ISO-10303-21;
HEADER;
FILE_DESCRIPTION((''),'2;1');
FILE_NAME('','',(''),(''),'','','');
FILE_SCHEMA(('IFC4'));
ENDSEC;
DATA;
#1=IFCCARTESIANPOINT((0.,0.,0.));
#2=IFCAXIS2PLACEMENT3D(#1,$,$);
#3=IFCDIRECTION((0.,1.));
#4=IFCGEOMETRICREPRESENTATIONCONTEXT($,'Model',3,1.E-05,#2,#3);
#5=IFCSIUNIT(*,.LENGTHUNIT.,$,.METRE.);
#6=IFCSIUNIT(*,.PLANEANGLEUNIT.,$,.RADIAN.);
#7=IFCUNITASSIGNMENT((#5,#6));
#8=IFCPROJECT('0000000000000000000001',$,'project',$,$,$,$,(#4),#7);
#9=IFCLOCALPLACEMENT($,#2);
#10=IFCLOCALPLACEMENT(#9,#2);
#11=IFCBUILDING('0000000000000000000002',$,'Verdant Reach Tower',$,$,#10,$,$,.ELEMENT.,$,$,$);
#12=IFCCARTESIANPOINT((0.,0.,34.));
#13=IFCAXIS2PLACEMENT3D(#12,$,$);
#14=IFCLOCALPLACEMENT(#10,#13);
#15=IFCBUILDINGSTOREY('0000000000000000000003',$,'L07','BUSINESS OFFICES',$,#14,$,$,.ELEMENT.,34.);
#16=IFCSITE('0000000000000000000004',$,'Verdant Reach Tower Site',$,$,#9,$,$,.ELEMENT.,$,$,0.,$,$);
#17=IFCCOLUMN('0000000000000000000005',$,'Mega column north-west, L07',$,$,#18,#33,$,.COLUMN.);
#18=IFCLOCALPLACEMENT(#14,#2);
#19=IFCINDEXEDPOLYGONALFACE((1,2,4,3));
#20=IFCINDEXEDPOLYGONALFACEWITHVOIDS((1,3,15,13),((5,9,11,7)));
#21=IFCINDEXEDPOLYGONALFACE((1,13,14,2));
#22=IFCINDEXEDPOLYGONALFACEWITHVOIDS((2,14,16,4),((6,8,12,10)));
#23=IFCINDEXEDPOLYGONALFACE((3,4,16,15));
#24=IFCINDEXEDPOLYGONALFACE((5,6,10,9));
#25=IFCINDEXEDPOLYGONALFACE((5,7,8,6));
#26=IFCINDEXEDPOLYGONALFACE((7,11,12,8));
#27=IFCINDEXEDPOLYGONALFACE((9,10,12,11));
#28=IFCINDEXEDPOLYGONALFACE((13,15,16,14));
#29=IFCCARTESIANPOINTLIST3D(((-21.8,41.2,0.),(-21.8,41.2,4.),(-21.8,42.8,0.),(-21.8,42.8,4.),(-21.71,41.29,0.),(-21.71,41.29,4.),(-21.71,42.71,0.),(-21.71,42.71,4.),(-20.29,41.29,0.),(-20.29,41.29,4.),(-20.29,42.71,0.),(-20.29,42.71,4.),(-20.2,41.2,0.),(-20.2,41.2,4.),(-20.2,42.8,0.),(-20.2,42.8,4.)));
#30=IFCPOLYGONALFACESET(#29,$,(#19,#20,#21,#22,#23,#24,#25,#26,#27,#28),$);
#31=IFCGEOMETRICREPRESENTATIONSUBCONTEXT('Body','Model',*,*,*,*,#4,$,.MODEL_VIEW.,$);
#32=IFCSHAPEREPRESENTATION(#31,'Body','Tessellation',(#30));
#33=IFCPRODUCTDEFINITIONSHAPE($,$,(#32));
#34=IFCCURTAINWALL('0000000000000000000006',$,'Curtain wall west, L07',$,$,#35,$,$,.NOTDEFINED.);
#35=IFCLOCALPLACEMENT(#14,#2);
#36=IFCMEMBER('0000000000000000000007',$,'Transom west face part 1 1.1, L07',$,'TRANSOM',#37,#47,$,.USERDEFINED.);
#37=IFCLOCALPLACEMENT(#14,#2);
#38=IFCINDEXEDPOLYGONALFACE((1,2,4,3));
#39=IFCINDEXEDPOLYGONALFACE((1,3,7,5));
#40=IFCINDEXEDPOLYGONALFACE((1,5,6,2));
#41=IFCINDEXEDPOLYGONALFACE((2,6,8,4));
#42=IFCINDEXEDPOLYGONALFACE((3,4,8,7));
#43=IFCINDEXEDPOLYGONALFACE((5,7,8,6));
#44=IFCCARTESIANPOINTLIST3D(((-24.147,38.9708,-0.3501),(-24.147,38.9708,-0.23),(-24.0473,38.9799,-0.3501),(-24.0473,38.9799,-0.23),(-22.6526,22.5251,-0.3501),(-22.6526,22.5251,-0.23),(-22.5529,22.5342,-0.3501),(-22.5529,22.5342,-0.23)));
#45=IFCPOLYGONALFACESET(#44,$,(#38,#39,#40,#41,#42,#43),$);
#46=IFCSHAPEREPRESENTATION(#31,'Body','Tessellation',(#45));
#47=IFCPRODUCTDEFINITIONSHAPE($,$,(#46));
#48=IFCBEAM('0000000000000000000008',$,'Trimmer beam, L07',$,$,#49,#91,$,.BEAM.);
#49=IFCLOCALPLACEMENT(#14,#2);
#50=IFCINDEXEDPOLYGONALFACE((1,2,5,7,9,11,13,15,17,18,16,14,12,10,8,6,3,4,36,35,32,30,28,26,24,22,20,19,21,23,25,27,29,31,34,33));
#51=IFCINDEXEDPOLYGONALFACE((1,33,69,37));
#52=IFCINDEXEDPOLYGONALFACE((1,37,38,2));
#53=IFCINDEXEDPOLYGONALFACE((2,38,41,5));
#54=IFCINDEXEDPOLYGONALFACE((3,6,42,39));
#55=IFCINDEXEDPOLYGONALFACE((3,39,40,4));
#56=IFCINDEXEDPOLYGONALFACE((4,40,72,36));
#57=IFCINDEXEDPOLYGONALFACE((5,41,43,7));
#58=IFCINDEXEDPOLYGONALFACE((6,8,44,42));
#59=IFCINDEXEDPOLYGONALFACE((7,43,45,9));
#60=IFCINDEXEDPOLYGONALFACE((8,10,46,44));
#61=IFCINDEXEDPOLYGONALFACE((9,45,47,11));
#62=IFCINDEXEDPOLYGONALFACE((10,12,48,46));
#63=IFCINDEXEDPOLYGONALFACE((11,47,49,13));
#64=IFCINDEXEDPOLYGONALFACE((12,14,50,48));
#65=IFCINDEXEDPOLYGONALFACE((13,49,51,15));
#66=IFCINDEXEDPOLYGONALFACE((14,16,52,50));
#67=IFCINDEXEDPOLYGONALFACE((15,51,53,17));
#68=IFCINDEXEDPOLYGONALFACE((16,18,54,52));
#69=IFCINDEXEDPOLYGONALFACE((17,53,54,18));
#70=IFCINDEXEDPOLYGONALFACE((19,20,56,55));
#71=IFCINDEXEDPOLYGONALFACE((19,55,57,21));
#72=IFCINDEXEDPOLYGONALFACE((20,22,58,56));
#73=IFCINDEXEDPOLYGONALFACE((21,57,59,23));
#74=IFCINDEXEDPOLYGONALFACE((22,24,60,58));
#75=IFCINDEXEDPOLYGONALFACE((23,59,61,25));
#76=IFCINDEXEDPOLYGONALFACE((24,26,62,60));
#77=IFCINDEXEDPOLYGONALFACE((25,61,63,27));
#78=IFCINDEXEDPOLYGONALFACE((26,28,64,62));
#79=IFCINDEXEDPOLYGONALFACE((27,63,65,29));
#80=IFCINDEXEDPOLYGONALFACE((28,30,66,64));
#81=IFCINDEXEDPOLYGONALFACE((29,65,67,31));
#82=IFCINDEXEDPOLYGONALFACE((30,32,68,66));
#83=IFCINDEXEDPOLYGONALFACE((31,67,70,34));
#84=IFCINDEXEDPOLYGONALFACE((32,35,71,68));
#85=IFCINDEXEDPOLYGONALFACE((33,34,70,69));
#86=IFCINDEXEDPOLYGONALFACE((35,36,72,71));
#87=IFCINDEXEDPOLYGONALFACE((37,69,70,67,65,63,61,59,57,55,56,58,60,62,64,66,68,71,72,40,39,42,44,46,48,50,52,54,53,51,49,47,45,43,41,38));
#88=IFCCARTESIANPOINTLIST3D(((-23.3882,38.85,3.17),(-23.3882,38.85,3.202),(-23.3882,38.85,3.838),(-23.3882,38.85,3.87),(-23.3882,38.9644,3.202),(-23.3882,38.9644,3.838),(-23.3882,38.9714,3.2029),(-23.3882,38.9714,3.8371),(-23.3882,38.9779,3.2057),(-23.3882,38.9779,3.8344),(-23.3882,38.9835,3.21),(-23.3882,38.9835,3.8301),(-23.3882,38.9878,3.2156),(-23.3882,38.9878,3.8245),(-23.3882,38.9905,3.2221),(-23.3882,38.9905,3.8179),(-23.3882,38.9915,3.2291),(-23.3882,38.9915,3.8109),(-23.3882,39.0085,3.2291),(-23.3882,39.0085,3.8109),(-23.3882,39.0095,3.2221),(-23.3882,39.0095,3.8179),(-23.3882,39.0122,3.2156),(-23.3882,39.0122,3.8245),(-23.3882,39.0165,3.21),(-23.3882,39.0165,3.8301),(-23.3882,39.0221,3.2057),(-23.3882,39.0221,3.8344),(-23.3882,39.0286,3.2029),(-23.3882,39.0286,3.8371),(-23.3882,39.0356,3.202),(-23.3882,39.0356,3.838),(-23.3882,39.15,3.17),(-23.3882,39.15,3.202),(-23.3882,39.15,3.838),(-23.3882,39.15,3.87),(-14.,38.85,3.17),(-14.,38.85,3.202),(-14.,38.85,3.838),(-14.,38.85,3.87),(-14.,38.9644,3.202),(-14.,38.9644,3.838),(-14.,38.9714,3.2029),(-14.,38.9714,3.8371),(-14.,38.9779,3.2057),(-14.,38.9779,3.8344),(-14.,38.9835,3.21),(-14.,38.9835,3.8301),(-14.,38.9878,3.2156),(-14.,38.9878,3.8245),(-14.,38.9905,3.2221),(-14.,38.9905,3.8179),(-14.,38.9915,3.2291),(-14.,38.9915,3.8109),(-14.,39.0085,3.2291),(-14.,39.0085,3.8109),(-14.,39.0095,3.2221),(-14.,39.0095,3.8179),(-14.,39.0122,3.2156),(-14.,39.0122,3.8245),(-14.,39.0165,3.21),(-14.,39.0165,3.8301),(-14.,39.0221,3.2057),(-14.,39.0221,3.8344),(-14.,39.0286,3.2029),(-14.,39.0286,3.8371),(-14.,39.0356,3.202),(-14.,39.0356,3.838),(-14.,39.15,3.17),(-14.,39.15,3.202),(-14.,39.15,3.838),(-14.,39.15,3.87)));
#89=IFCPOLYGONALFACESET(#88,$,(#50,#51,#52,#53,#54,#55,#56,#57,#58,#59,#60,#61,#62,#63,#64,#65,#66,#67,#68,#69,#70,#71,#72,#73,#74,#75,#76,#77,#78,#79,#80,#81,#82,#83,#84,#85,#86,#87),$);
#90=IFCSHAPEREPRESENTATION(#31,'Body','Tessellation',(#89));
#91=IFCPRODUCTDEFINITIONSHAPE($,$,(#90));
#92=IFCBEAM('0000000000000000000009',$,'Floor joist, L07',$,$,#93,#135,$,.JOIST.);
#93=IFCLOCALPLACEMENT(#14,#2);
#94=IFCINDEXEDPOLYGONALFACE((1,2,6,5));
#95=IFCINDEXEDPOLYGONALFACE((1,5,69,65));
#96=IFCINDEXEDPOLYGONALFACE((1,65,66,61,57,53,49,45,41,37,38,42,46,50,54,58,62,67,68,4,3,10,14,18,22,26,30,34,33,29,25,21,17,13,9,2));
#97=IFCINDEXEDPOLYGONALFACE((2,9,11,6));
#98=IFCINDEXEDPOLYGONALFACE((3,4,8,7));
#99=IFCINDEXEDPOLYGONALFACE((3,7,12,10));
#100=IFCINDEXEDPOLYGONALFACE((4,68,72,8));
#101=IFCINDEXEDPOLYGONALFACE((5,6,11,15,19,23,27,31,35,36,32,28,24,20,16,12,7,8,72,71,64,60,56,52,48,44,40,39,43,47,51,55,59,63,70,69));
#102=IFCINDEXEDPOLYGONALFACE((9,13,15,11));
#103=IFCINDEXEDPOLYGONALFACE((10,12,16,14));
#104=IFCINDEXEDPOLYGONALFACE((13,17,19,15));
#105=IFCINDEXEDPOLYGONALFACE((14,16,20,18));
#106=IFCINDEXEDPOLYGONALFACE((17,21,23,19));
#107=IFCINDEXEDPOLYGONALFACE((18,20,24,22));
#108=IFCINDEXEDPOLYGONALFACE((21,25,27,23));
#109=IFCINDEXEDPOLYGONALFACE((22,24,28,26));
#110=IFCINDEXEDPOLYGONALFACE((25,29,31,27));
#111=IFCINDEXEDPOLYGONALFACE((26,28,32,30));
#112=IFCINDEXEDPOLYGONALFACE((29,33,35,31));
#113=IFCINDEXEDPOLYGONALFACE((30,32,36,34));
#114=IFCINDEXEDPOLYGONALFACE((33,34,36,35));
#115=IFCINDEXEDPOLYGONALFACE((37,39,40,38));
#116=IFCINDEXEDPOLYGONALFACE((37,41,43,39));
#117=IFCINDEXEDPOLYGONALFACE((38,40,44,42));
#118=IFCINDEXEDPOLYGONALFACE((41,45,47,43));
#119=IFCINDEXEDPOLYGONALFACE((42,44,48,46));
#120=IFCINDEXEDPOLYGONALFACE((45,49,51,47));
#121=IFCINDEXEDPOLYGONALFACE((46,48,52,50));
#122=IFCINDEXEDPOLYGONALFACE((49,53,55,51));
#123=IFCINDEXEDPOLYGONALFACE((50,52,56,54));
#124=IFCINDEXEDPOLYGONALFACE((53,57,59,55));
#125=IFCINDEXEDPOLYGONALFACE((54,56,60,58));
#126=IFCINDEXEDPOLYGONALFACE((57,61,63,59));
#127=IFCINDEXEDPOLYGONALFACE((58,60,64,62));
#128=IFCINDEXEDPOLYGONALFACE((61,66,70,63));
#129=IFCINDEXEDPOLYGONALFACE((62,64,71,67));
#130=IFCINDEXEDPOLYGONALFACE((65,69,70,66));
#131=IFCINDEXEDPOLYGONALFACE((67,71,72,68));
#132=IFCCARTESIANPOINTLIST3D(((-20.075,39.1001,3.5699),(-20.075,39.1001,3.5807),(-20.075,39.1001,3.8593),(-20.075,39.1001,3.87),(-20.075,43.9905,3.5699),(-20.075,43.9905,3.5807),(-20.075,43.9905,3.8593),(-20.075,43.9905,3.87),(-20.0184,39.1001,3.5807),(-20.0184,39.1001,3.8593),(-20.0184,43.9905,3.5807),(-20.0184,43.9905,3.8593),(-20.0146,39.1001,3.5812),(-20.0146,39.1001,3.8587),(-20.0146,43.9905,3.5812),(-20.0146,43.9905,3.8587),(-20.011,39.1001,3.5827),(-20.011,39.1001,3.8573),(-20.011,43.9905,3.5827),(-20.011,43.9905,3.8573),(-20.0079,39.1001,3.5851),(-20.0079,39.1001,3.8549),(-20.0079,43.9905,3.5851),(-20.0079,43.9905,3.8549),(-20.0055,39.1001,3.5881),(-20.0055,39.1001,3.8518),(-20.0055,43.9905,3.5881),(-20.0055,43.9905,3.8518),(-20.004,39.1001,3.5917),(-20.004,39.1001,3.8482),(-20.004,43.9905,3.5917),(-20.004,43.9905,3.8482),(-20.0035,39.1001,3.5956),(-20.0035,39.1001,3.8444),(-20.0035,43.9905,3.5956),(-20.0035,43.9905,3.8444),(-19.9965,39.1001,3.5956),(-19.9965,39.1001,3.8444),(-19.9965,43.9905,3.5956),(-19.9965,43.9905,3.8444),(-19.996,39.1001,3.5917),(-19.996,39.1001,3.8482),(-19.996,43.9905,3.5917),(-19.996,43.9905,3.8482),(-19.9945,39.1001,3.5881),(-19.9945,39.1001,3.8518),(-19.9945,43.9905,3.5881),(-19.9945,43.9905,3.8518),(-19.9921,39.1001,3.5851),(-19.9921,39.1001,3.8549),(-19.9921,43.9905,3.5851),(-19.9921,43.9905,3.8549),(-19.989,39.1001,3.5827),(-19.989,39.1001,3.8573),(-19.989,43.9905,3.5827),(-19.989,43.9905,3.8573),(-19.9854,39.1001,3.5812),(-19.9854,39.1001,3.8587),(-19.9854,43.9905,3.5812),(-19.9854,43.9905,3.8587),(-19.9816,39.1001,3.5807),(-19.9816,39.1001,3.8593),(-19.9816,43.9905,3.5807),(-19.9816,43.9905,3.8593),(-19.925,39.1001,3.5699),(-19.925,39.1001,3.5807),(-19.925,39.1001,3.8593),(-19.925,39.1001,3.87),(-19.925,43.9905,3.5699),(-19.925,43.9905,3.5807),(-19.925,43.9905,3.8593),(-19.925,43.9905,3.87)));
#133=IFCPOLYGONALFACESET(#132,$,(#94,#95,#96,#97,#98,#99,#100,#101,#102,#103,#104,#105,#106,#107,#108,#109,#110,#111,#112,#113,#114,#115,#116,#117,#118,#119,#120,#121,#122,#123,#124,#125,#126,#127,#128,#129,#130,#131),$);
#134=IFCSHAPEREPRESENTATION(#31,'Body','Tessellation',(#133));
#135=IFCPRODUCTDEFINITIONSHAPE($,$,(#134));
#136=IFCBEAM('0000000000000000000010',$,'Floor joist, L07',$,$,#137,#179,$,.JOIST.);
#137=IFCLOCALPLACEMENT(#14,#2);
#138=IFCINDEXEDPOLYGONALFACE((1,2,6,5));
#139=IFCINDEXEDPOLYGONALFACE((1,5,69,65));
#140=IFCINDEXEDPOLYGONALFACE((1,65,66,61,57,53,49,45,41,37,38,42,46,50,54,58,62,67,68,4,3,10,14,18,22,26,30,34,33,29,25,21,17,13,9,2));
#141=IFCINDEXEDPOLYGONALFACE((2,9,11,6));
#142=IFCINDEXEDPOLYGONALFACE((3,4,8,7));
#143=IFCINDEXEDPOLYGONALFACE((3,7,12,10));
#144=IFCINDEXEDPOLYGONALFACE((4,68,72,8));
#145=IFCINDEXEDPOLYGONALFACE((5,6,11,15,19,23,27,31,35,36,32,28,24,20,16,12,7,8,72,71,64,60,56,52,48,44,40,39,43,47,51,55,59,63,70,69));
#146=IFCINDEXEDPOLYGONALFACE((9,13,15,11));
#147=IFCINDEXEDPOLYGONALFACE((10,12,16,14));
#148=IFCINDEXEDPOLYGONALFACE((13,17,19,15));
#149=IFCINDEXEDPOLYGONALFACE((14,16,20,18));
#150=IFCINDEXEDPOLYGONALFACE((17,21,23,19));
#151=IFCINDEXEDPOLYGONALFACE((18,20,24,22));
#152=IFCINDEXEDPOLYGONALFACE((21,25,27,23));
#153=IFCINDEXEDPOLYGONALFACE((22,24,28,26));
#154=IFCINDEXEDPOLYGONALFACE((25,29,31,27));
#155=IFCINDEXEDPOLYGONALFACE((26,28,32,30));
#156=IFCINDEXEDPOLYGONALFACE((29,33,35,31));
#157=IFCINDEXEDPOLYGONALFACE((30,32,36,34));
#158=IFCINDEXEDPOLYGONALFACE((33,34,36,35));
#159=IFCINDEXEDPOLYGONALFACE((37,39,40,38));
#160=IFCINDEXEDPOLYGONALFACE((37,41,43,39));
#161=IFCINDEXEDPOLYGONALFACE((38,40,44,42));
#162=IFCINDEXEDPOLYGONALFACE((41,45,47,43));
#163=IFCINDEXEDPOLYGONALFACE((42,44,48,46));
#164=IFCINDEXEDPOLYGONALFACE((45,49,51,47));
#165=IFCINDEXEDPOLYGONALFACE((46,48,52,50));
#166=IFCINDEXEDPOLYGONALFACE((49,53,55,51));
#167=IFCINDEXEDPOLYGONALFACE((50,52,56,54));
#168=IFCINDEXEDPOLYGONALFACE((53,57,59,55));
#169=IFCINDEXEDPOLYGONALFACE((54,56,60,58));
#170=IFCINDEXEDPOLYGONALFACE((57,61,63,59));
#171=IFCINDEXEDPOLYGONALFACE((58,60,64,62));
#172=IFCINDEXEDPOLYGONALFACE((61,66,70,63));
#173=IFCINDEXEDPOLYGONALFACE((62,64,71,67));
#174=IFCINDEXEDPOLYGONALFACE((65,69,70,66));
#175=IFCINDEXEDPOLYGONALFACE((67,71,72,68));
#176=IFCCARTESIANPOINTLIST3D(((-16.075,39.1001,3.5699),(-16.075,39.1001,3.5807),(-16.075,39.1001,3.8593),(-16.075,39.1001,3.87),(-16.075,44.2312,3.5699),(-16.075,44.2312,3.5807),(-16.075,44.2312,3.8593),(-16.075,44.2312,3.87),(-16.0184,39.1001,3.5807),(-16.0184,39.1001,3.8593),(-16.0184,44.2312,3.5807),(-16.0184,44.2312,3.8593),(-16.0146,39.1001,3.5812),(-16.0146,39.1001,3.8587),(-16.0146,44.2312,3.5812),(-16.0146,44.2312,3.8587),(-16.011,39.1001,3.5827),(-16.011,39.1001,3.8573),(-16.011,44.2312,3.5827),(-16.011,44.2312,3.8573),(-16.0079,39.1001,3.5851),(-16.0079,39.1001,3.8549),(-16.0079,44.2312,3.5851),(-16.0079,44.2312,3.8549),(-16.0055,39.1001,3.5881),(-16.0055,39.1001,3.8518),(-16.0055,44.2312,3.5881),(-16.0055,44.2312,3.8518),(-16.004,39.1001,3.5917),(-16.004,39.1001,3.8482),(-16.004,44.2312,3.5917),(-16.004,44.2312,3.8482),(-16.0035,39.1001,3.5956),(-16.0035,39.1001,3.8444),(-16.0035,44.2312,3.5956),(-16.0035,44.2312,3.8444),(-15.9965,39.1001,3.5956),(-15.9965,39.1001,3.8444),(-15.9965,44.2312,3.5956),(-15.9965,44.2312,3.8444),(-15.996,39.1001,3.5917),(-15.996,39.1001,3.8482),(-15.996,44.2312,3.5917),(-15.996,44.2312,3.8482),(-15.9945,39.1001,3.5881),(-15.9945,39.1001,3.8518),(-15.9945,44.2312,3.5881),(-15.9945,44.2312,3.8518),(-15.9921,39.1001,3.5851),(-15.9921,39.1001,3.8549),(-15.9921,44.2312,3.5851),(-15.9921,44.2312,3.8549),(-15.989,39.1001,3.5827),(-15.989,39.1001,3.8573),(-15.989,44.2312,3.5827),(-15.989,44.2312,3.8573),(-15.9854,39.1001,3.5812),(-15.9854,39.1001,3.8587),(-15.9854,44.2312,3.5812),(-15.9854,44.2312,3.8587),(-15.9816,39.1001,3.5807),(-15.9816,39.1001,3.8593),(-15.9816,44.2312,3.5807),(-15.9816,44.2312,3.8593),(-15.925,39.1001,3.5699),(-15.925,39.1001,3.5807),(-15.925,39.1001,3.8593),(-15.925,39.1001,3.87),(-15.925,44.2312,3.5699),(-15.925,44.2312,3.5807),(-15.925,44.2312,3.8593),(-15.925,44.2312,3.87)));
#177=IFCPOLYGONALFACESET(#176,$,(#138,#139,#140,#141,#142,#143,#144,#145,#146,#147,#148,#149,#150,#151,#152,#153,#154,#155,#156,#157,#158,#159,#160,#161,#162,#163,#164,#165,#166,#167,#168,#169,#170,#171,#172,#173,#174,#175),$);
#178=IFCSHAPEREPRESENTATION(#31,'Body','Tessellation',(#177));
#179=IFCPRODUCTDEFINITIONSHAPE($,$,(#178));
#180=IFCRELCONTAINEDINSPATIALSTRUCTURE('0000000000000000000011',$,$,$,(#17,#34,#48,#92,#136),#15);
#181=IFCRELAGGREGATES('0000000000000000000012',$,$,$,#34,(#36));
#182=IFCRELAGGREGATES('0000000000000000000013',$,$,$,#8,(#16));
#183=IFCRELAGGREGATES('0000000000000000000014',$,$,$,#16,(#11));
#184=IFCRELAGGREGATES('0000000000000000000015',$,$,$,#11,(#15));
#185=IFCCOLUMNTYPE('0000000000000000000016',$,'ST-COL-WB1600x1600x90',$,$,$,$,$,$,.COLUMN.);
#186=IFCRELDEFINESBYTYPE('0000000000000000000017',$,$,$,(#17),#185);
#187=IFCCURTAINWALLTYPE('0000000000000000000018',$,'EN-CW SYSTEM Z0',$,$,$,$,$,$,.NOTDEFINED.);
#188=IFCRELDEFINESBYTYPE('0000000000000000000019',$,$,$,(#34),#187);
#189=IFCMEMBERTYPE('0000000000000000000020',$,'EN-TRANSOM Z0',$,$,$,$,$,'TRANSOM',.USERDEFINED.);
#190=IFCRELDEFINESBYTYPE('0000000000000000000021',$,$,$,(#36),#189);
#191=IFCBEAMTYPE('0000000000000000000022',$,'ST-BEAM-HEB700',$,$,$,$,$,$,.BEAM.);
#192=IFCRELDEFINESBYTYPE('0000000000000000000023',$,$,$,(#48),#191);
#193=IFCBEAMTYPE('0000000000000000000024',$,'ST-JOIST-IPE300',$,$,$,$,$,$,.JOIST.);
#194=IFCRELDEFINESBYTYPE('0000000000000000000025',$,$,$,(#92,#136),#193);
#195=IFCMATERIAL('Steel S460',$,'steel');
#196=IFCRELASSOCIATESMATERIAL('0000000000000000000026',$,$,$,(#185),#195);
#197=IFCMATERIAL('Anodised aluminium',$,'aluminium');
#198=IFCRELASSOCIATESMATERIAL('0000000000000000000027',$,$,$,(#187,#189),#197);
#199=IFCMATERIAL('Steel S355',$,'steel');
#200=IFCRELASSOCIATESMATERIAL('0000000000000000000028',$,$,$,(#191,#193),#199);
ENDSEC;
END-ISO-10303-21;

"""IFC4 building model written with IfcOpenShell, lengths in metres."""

from ifc_helpers import new_model, si_unit, direction, frame, origin, origin_2d, place, context, subcontext, project, spatial, rectangle, hollow_rectangle, i_section, extrude, material, material_profile, profile_set, type_object, element, aggregate, save


model = new_model("IFC4")

# Units and contexts
model_context = context("Model", 3, precision=1e-05, world=origin(), true_north=direction((0.0, 1.0)))
body_context = subcontext(model_context, "Body", "Model", "MODEL_VIEW")
ifc_project = project(units=[si_unit("LENGTHUNIT", "METRE"), si_unit("PLANEANGLEUNIT", "RADIAN")], contexts=[model_context])

# Site, building, storey
site_placement = place(None, origin())
site = spatial("IfcSite", under=ifc_project, at=site_placement, Name="Verdant Reach Tower Site", CompositionType="ELEMENT", RefElevation=0.0)
building_placement = place(site_placement, origin())
building = spatial("IfcBuilding", under=site, at=building_placement, Name="Verdant Reach Tower", CompositionType="ELEMENT")
storey_placement = place(building_placement, frame((0.0, 0.0, 34.0)))
storey = spatial("IfcBuildingStorey", under=building, at=storey_placement, Name="L07", Description="BUSINESS OFFICES", CompositionType="ELEMENT", Elevation=34.0)

# Column
ifc_material_1 = material(Name="Steel S460", Category="steel")
ifc_material_profile_1 = material_profile(ifc_material_1, hollow_rectangle(XDim=1.6001, YDim=1.6001, WallThickness=0.0901, at=origin_2d()), Name="WB 1600x1600x90")
ifc_profile_set_1 = profile_set([ifc_material_profile_1], Name="Steel S460")
column_type = type_object("IfcColumnType", Name="ST-COL-WB1600x1600x90", PredefinedType="COLUMN", material=ifc_profile_set_1)
column_placement = place(storey_placement, frame((-21.0, 42.0, 0.0), z_axis=(0.0, 0.0, 1.0), x_axis=(1.0, 0.0, 0.0)))
element("IfcColumn", 1, at=column_placement, inside=storey, type_object=column_type, Name="Mega column north-west, L07", PredefinedType="COLUMN", context=body_context, shape_type="SweptSolid", body=[
    extrude(hollow_rectangle(XDim=1.6001, YDim=1.6001, WallThickness=0.0901, at=origin_2d()), origin(), (0.0, 0.0, 1.0), 4.0),
])

# Curtain wall, member
ifc_material_2 = material(Name="Anodised aluminium", Category="aluminium")
curtain_wall_type = type_object("IfcCurtainWallType", Name="EN-CW SYSTEM Z0", PredefinedType="NOTDEFINED", material=ifc_material_2)
curtain_wall_1_placement = place(storey_placement, origin())
curtain_wall_1 = element("IfcCurtainWall", 2, at=curtain_wall_1_placement, inside=storey, type_object=curtain_wall_type, Name="Curtain wall west, L07", PredefinedType="NOTDEFINED")
ifc_material_profile_2 = material_profile(ifc_material_2, rectangle(XDim=0.1001, YDim=0.1201, at=origin_2d()), Name="Transom 120x100")
ifc_profile_set_2 = profile_set([ifc_material_profile_2], Name="Anodised aluminium")
member_type = type_object("IfcMemberType", Name="EN-TRANSOM Z0", ElementType="TRANSOM", PredefinedType="USERDEFINED", material=ifc_profile_set_2)
member_placement = place(storey_placement, frame((-24.0972, 38.9753, -0.29), z_axis=(0.090496, -0.995897, 0.0), x_axis=(0.995897, 0.090496, 0.0)))
member = element("IfcMember", 3, at=member_placement, type_object=member_type, Name="Transom west face part 1 1.1, L07", ObjectType="TRANSOM", PredefinedType="USERDEFINED", context=body_context, shape_type="SweptSolid", body=[
    extrude(rectangle(XDim=0.1001, YDim=0.1201, at=origin_2d()), origin(), (0.0, 0.0, 1.0), 16.5134),
])
aggregate(curtain_wall_1, [member])

# Beams
ifc_material_3 = material(Name="Steel S355", Category="steel")
ifc_material_profile_3 = material_profile(ifc_material_3, i_section(OverallWidth=0.3, OverallDepth=0.7, WebThickness=0.0171, FlangeThickness=0.032, FilletRadius=0.0271, at=origin_2d()), Name="HEB 700")
ifc_profile_set_3 = profile_set([ifc_material_profile_3], Name="Steel S355")
beam_type_1 = type_object("IfcBeamType", Name="ST-BEAM-HEB700", PredefinedType="BEAM", material=ifc_profile_set_3)
beam_1_placement = place(storey_placement, frame((-14.0, 39.0, 3.52), z_axis=(-1.0, 0.0, 0.0), x_axis=(0.0, -1.0, 0.0)))
element("IfcBeam", 4, at=beam_1_placement, inside=storey, type_object=beam_type_1, Name="Trimmer beam, L07", PredefinedType="BEAM", context=body_context, shape_type="SweptSolid", body=[
    extrude(i_section(OverallWidth=0.3, OverallDepth=0.7, WebThickness=0.0171, FlangeThickness=0.032, FilletRadius=0.0271, at=origin_2d()), origin(), (0.0, 0.0, 1.0), 9.3882),
])
ifc_material_profile_4 = material_profile(ifc_material_3, i_section(OverallWidth=0.1499, OverallDepth=0.3, WebThickness=0.0071, FlangeThickness=0.0107, FilletRadius=0.0149, at=origin_2d()), Name="IPE 300")
ifc_profile_set_4 = profile_set([ifc_material_profile_4], Name="Steel S355")
beam_type_2 = type_object("IfcBeamType", Name="ST-JOIST-IPE300", PredefinedType="JOIST", material=ifc_profile_set_4)
beam_2_placement = place(storey_placement, frame((-20.0, 39.1001, 3.72), z_axis=(0.0, 1.0, 0.0), x_axis=(-1.0, 0.0, 0.0)))
element("IfcBeam", 5, at=beam_2_placement, inside=storey, type_object=beam_type_2, Name="Floor joist, L07", PredefinedType="JOIST", context=body_context, shape_type="SweptSolid", body=[
    extrude(i_section(OverallWidth=0.1499, OverallDepth=0.3, WebThickness=0.0071, FlangeThickness=0.0107, FilletRadius=0.0149, at=origin_2d()), origin(), (0.0, 0.0, 1.0), 4.8904),
])
beam_3_placement = place(storey_placement, frame((-16.0, 39.1001, 3.72), z_axis=(0.0, 1.0, 0.0), x_axis=(-1.0, 0.0, 0.0)))
element("IfcBeam", 6, at=beam_3_placement, inside=storey, type_object=beam_type_2, Name="Floor joist, L07", PredefinedType="JOIST", context=body_context, shape_type="SweptSolid", body=[
    extrude(i_section(OverallWidth=0.1499, OverallDepth=0.3, WebThickness=0.0071, FlangeThickness=0.0107, FilletRadius=0.0149, at=origin_2d()), origin(), (0.0, 0.0, 1.0), 5.1311),
])

save(model, "model.ifc")
